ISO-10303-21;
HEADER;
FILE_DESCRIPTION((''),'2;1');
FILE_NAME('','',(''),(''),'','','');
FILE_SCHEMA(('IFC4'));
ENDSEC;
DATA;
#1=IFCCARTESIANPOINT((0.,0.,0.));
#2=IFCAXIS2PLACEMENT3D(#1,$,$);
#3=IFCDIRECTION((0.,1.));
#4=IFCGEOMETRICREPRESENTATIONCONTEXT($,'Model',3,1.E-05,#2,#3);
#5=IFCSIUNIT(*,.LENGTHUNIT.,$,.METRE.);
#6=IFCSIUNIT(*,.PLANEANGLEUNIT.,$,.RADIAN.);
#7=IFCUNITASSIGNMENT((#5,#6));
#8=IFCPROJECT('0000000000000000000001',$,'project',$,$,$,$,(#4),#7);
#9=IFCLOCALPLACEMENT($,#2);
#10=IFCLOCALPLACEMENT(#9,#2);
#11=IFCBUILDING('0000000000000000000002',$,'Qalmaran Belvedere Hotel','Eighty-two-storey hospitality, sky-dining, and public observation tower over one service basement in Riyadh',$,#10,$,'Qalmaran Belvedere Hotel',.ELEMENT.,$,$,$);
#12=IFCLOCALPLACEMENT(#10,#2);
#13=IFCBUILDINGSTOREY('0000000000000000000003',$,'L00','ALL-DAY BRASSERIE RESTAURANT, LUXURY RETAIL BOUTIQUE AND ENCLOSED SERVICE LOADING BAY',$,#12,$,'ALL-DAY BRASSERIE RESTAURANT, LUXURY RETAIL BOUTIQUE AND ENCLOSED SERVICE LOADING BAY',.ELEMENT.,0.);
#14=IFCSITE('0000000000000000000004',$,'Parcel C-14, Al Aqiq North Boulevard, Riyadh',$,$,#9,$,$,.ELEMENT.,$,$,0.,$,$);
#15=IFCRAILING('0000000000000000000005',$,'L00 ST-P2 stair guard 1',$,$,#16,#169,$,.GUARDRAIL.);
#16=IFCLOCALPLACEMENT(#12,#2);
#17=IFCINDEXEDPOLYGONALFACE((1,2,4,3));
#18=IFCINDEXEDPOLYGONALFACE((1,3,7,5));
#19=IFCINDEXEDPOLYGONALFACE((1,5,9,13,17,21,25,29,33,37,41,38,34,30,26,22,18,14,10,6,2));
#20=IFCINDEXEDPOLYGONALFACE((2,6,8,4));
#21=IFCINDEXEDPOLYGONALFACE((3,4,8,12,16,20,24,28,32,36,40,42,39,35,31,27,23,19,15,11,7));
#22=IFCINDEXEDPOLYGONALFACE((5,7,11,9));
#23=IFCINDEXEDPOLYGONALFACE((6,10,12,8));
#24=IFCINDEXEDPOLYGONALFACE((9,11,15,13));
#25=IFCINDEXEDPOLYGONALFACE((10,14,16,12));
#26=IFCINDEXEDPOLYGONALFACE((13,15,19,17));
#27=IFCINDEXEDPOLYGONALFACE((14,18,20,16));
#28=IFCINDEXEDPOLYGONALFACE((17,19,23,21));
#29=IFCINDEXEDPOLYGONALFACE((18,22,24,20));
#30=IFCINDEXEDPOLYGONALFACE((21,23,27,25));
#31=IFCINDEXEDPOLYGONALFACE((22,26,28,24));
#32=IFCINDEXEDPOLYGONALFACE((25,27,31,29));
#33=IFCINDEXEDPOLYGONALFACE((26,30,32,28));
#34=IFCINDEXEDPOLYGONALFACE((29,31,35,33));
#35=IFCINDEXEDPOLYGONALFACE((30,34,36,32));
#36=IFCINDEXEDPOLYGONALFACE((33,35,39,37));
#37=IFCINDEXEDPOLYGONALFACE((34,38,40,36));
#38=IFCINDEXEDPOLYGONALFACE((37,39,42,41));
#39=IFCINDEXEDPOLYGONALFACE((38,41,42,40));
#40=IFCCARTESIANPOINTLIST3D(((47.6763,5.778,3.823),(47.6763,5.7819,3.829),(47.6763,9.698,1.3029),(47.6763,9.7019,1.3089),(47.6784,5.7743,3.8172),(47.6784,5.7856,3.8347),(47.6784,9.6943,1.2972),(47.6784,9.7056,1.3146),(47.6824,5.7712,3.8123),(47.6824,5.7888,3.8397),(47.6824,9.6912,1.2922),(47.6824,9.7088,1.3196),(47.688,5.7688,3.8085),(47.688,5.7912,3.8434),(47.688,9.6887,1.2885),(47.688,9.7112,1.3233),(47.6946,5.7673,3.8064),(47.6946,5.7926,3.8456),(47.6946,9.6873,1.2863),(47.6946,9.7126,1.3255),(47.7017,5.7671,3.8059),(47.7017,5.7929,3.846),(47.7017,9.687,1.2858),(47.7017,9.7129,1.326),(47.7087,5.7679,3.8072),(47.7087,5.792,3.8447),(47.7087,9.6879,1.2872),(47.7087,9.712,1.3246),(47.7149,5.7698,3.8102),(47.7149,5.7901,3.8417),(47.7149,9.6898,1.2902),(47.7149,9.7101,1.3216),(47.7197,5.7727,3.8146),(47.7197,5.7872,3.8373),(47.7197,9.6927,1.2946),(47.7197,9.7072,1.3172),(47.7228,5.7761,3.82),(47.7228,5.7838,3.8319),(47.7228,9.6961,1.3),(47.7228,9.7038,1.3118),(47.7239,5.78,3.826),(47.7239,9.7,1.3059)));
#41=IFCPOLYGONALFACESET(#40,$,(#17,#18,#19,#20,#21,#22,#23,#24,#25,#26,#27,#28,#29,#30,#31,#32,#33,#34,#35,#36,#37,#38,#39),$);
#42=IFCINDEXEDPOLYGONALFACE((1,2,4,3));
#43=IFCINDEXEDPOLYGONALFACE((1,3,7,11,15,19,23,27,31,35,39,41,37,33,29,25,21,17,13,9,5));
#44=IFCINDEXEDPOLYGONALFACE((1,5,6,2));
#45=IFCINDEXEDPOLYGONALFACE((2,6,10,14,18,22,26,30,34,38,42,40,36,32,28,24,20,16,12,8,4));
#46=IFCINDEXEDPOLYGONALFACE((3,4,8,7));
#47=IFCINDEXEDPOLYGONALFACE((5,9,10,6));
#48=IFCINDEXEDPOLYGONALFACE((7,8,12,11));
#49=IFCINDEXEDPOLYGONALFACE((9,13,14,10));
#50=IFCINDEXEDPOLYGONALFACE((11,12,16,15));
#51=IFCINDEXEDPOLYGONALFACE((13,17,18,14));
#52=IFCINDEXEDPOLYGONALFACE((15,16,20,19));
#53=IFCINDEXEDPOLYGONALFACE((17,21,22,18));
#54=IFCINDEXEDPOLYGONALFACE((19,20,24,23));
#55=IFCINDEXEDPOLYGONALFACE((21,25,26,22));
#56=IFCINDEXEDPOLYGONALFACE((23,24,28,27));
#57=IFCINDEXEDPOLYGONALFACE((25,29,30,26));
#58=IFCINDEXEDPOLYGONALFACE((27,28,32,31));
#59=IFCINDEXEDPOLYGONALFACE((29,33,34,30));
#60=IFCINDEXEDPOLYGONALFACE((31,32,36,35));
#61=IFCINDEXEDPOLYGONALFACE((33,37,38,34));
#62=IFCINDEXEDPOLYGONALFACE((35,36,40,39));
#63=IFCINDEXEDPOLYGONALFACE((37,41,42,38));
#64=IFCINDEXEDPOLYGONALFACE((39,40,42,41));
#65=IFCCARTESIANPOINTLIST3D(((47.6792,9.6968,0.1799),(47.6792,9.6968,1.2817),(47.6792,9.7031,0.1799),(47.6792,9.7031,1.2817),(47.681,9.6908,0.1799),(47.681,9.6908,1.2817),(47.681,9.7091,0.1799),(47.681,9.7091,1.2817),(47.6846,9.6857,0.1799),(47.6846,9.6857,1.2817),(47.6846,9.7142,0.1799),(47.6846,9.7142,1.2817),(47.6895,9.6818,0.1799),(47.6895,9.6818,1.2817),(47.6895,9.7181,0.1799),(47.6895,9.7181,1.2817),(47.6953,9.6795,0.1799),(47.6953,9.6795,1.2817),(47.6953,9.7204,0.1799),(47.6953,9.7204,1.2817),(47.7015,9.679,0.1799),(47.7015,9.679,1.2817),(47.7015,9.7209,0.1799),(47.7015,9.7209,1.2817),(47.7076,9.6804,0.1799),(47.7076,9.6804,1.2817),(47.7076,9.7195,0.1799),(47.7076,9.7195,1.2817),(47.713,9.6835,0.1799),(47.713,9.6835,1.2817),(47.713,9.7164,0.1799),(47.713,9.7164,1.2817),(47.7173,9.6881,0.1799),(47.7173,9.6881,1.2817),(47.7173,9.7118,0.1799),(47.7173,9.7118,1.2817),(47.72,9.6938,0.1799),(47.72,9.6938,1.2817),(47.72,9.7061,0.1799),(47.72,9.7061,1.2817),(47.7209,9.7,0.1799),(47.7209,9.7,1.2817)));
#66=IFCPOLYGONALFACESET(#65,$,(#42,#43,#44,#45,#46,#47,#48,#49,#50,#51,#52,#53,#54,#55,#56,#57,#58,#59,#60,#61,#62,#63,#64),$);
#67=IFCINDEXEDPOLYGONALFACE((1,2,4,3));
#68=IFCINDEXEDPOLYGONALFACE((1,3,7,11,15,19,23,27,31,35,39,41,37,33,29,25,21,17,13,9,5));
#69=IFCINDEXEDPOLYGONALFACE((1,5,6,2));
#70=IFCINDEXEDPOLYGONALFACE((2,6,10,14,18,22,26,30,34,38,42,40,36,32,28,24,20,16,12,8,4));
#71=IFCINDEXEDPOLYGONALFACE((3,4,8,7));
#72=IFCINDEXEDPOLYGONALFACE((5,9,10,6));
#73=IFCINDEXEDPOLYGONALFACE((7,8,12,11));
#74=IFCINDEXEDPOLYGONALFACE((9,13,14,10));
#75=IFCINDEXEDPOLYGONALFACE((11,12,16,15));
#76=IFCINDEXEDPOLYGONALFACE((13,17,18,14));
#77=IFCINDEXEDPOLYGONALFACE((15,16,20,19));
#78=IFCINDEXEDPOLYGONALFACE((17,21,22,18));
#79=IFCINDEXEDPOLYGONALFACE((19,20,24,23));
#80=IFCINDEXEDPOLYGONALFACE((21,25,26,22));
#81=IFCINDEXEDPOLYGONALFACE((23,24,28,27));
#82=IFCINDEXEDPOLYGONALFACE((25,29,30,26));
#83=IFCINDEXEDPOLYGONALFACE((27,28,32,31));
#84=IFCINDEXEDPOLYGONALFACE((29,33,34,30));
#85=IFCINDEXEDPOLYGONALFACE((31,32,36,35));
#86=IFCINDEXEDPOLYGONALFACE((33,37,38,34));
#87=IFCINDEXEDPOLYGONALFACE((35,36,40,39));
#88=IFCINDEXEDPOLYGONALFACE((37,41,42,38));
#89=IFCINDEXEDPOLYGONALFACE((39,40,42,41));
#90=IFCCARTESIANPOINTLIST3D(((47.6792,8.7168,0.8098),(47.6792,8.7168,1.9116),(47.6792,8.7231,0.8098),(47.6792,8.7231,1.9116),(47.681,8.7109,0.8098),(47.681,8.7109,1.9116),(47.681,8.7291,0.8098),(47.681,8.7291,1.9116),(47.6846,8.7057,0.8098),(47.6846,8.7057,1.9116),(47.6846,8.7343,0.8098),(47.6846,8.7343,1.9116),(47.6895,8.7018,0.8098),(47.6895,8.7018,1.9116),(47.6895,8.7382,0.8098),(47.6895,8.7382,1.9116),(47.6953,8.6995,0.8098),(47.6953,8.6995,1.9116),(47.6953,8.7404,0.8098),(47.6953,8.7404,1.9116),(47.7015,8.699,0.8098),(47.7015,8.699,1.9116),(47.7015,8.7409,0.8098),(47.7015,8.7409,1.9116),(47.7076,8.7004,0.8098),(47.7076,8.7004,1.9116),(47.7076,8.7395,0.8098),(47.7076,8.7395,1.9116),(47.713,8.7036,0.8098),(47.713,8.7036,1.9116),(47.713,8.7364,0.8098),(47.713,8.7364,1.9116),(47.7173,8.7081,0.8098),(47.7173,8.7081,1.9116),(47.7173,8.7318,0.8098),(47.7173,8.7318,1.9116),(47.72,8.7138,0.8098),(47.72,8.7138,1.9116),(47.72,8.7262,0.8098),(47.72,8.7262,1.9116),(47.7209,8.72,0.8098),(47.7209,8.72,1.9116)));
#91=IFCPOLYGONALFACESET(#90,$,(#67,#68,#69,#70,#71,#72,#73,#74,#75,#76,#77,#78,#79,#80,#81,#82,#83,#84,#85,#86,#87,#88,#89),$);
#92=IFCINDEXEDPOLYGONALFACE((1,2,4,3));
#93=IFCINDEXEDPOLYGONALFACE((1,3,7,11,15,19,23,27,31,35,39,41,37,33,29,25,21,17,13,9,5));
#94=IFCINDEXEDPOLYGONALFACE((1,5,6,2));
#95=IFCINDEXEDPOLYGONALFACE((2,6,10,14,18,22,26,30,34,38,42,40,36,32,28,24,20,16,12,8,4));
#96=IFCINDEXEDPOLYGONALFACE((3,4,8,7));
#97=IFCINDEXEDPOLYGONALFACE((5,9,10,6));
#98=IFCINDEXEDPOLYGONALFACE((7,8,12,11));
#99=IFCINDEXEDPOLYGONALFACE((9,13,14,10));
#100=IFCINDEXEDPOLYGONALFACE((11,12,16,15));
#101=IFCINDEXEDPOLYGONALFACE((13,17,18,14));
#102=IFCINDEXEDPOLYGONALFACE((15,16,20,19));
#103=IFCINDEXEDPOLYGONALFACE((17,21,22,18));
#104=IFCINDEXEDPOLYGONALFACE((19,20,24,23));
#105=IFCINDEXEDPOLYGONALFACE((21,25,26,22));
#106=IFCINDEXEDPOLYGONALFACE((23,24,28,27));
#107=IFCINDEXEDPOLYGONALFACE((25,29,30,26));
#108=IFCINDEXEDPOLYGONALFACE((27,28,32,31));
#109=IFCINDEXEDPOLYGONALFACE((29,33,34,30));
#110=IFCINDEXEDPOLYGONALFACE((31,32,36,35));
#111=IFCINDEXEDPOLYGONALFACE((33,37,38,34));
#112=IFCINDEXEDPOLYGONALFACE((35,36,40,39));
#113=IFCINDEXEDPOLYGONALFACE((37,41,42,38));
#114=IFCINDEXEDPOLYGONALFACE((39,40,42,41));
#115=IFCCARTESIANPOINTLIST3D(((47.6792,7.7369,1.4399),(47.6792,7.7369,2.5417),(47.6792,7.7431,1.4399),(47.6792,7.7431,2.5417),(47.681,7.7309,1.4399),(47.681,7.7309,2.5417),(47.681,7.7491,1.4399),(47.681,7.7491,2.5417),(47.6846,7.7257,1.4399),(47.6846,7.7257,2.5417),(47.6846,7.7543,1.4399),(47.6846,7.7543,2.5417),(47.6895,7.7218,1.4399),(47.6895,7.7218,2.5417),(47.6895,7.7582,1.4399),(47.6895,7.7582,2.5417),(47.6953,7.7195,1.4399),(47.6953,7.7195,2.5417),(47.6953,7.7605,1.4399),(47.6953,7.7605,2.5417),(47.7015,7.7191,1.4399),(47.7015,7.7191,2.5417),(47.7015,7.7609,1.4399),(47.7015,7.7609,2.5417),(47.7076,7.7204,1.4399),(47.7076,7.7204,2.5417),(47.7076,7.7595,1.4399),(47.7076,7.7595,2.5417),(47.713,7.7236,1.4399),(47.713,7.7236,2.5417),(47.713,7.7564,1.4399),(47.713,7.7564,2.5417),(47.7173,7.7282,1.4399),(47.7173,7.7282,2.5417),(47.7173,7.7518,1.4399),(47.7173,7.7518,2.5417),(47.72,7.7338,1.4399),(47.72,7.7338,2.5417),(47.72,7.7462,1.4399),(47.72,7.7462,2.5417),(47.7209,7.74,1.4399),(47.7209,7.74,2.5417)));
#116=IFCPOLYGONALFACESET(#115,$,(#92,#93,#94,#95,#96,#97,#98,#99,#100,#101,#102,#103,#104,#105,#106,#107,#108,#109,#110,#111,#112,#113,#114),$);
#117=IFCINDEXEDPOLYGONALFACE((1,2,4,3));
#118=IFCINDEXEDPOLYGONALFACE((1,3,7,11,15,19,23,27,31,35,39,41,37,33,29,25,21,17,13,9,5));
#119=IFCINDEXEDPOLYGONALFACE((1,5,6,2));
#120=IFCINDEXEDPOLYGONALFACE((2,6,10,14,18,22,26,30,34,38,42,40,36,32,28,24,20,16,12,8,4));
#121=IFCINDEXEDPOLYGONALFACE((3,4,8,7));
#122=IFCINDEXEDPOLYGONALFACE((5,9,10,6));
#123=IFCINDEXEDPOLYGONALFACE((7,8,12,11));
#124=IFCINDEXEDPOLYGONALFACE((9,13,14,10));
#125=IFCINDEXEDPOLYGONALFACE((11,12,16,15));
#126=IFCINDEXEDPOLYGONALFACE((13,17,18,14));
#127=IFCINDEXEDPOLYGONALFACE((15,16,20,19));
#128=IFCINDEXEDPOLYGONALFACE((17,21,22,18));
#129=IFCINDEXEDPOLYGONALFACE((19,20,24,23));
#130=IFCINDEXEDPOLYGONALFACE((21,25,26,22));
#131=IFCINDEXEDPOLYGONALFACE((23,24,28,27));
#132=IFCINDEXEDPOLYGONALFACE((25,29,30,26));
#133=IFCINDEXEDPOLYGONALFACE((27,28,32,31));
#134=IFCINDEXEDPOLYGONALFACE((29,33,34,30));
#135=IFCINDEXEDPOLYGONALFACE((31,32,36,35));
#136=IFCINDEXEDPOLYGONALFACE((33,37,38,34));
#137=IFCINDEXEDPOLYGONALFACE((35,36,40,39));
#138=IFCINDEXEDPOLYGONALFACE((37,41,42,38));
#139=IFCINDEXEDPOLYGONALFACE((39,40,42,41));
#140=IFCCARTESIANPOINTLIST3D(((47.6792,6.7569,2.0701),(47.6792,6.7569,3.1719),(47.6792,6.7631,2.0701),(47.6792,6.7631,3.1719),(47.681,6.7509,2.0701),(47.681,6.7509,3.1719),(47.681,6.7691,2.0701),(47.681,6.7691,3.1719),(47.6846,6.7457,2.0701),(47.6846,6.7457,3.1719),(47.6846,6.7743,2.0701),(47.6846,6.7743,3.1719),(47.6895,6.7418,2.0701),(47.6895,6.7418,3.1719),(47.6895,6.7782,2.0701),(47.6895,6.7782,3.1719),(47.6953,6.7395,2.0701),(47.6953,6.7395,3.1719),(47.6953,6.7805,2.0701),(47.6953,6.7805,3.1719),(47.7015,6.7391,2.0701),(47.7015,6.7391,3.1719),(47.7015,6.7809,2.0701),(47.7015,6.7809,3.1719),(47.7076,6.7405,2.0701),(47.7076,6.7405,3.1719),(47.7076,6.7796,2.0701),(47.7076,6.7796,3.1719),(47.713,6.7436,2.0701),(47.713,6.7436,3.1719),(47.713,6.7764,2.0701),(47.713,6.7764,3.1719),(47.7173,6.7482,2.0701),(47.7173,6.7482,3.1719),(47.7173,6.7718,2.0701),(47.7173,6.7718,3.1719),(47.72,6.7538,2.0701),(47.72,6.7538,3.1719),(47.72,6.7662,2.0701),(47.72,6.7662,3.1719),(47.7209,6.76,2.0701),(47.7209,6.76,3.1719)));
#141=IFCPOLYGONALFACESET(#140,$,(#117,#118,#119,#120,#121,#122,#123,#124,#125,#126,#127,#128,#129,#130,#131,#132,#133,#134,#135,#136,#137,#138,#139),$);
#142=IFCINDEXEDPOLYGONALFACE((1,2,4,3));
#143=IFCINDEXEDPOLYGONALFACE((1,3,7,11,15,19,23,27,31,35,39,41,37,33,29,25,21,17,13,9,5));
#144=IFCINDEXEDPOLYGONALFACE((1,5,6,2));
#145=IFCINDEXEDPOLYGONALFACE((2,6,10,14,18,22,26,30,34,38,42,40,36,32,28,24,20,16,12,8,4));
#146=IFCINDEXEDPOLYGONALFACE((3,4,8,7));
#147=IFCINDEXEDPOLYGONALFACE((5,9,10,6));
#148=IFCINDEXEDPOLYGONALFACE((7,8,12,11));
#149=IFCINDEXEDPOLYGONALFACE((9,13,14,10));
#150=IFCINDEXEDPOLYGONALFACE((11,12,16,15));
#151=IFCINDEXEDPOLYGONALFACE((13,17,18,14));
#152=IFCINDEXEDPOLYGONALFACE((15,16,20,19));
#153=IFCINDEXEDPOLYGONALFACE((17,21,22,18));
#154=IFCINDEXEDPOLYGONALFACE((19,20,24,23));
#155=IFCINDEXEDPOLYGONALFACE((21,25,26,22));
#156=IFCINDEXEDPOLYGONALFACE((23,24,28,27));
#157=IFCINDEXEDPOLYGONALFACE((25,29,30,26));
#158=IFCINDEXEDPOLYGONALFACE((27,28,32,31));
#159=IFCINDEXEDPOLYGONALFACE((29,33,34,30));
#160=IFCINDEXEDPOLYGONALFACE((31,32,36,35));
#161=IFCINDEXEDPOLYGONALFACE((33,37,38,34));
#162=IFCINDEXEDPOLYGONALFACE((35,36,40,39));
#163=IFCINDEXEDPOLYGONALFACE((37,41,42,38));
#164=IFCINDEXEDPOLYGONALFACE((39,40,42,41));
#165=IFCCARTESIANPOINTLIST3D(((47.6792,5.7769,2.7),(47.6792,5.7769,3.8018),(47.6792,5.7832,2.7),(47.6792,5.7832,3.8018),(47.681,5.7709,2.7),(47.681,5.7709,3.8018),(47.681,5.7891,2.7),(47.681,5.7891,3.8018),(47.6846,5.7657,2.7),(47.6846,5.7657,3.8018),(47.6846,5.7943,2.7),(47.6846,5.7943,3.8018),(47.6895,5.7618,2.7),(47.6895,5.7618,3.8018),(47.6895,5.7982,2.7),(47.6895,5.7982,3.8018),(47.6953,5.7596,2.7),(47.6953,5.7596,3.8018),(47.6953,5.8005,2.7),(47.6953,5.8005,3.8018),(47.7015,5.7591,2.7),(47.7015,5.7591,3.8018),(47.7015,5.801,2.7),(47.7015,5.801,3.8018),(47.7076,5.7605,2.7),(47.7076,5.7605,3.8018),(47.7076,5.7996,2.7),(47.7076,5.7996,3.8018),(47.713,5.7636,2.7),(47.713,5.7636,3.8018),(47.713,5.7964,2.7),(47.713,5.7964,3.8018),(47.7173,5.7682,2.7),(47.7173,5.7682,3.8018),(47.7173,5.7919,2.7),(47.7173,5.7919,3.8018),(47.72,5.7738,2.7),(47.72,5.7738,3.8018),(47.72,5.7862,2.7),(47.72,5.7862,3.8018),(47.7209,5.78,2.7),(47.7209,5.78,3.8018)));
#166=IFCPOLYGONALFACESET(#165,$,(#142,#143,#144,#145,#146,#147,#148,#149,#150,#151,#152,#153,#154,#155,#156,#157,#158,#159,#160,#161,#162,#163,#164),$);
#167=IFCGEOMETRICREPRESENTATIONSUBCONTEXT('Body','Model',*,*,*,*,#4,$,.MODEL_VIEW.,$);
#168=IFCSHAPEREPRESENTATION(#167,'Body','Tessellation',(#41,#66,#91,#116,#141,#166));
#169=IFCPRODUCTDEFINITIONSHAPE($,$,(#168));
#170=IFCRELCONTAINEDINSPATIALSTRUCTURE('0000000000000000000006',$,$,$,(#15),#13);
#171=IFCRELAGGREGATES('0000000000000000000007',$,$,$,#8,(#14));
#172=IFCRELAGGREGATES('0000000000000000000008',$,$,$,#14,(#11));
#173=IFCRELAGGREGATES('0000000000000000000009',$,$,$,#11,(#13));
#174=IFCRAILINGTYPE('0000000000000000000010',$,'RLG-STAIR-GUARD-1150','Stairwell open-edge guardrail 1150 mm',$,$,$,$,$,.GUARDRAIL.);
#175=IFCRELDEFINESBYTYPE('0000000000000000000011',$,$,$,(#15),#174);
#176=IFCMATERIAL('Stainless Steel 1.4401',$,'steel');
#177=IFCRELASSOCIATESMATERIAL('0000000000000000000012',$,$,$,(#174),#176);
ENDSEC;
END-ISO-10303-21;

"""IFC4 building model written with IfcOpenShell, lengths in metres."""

from ifc_helpers import new_model, si_unit, direction, frame, origin, origin_2d, place, context, subcontext, project, spatial, circle, extrude, material, type_object, element, save


model = new_model("IFC4")

# Units and contexts
model_context = context("Model", 3, precision=1e-05, world=origin(), true_north=direction((0.0, 1.0)))
body_context = subcontext(model_context, "Body", "Model", "MODEL_VIEW")
ifc_project = project(units=[si_unit("LENGTHUNIT", "METRE"), si_unit("PLANEANGLEUNIT", "RADIAN")], contexts=[model_context])

# Site, building, storey
site_placement = place(None, origin())
site = spatial("IfcSite", under=ifc_project, at=site_placement, Name="Parcel C-14, Al Aqiq North Boulevard, Riyadh", CompositionType="ELEMENT", RefElevation=0.0)
building_placement = place(site_placement, origin())
building = spatial("IfcBuilding", under=site, at=building_placement, Name="Qalmaran Belvedere Hotel", Description="Eighty-two-storey hospitality, sky-dining, and public observation tower over one service basement in Riyadh", LongName="Qalmaran Belvedere Hotel", CompositionType="ELEMENT")
storey_placement = place(building_placement, origin())
storey = spatial("IfcBuildingStorey", under=building, at=storey_placement, Name="L00", Description="ALL-DAY BRASSERIE RESTAURANT, LUXURY RETAIL BOUTIQUE AND ENCLOSED SERVICE LOADING BAY", LongName="ALL-DAY BRASSERIE RESTAURANT, LUXURY RETAIL BOUTIQUE AND ENCLOSED SERVICE LOADING BAY", CompositionType="ELEMENT", Elevation=0.0)

# Railing
ifc_material_1 = material(Name="Stainless Steel 1.4401", Category="steel")
railing_type_1 = type_object("IfcRailingType", Name="RLG-STAIR-GUARD-1150", Description="Stairwell open-edge guardrail 1150 mm", PredefinedType="GUARDRAIL", material=ifc_material_1)
railing_1_placement = place(storey_placement, frame((47.7, 9.7, 0.1799)))
element("IfcRailing", 1, at=railing_1_placement, inside=storey, type_object=railing_type_1, Name="L00 ST-P2 stair guard 1", PredefinedType="GUARDRAIL", context=body_context, shape_type="SweptSolid", body=[
    extrude(circle(Radius=0.0239, at=origin_2d()), frame((0.0, 0.0, 1.126), z_axis=(0.0, -0.841172, 0.540768), x_axis=(1.0, 0.0, 0.0)), (0.0, 0.0, 1.0), 4.6602),
    extrude(circle(Radius=0.021, at=origin_2d()), origin(), (0.0, 0.0, 1.0), 1.1018),
    extrude(circle(Radius=0.021, at=origin_2d()), frame((0.0, -0.98, 0.6299)), (0.0, 0.0, 1.0), 1.1018),
    extrude(circle(Radius=0.021, at=origin_2d()), frame((0.0, -1.96, 1.26)), (0.0, 0.0, 1.0), 1.1018),
    extrude(circle(Radius=0.021, at=origin_2d()), frame((0.0, -2.9399, 1.8901)), (0.0, 0.0, 1.0), 1.1018),
    extrude(circle(Radius=0.021, at=origin_2d()), frame((0.0, -3.9199, 2.52)), (0.0, 0.0, 1.0), 1.1018),
])

save(model, "model.ifc")
